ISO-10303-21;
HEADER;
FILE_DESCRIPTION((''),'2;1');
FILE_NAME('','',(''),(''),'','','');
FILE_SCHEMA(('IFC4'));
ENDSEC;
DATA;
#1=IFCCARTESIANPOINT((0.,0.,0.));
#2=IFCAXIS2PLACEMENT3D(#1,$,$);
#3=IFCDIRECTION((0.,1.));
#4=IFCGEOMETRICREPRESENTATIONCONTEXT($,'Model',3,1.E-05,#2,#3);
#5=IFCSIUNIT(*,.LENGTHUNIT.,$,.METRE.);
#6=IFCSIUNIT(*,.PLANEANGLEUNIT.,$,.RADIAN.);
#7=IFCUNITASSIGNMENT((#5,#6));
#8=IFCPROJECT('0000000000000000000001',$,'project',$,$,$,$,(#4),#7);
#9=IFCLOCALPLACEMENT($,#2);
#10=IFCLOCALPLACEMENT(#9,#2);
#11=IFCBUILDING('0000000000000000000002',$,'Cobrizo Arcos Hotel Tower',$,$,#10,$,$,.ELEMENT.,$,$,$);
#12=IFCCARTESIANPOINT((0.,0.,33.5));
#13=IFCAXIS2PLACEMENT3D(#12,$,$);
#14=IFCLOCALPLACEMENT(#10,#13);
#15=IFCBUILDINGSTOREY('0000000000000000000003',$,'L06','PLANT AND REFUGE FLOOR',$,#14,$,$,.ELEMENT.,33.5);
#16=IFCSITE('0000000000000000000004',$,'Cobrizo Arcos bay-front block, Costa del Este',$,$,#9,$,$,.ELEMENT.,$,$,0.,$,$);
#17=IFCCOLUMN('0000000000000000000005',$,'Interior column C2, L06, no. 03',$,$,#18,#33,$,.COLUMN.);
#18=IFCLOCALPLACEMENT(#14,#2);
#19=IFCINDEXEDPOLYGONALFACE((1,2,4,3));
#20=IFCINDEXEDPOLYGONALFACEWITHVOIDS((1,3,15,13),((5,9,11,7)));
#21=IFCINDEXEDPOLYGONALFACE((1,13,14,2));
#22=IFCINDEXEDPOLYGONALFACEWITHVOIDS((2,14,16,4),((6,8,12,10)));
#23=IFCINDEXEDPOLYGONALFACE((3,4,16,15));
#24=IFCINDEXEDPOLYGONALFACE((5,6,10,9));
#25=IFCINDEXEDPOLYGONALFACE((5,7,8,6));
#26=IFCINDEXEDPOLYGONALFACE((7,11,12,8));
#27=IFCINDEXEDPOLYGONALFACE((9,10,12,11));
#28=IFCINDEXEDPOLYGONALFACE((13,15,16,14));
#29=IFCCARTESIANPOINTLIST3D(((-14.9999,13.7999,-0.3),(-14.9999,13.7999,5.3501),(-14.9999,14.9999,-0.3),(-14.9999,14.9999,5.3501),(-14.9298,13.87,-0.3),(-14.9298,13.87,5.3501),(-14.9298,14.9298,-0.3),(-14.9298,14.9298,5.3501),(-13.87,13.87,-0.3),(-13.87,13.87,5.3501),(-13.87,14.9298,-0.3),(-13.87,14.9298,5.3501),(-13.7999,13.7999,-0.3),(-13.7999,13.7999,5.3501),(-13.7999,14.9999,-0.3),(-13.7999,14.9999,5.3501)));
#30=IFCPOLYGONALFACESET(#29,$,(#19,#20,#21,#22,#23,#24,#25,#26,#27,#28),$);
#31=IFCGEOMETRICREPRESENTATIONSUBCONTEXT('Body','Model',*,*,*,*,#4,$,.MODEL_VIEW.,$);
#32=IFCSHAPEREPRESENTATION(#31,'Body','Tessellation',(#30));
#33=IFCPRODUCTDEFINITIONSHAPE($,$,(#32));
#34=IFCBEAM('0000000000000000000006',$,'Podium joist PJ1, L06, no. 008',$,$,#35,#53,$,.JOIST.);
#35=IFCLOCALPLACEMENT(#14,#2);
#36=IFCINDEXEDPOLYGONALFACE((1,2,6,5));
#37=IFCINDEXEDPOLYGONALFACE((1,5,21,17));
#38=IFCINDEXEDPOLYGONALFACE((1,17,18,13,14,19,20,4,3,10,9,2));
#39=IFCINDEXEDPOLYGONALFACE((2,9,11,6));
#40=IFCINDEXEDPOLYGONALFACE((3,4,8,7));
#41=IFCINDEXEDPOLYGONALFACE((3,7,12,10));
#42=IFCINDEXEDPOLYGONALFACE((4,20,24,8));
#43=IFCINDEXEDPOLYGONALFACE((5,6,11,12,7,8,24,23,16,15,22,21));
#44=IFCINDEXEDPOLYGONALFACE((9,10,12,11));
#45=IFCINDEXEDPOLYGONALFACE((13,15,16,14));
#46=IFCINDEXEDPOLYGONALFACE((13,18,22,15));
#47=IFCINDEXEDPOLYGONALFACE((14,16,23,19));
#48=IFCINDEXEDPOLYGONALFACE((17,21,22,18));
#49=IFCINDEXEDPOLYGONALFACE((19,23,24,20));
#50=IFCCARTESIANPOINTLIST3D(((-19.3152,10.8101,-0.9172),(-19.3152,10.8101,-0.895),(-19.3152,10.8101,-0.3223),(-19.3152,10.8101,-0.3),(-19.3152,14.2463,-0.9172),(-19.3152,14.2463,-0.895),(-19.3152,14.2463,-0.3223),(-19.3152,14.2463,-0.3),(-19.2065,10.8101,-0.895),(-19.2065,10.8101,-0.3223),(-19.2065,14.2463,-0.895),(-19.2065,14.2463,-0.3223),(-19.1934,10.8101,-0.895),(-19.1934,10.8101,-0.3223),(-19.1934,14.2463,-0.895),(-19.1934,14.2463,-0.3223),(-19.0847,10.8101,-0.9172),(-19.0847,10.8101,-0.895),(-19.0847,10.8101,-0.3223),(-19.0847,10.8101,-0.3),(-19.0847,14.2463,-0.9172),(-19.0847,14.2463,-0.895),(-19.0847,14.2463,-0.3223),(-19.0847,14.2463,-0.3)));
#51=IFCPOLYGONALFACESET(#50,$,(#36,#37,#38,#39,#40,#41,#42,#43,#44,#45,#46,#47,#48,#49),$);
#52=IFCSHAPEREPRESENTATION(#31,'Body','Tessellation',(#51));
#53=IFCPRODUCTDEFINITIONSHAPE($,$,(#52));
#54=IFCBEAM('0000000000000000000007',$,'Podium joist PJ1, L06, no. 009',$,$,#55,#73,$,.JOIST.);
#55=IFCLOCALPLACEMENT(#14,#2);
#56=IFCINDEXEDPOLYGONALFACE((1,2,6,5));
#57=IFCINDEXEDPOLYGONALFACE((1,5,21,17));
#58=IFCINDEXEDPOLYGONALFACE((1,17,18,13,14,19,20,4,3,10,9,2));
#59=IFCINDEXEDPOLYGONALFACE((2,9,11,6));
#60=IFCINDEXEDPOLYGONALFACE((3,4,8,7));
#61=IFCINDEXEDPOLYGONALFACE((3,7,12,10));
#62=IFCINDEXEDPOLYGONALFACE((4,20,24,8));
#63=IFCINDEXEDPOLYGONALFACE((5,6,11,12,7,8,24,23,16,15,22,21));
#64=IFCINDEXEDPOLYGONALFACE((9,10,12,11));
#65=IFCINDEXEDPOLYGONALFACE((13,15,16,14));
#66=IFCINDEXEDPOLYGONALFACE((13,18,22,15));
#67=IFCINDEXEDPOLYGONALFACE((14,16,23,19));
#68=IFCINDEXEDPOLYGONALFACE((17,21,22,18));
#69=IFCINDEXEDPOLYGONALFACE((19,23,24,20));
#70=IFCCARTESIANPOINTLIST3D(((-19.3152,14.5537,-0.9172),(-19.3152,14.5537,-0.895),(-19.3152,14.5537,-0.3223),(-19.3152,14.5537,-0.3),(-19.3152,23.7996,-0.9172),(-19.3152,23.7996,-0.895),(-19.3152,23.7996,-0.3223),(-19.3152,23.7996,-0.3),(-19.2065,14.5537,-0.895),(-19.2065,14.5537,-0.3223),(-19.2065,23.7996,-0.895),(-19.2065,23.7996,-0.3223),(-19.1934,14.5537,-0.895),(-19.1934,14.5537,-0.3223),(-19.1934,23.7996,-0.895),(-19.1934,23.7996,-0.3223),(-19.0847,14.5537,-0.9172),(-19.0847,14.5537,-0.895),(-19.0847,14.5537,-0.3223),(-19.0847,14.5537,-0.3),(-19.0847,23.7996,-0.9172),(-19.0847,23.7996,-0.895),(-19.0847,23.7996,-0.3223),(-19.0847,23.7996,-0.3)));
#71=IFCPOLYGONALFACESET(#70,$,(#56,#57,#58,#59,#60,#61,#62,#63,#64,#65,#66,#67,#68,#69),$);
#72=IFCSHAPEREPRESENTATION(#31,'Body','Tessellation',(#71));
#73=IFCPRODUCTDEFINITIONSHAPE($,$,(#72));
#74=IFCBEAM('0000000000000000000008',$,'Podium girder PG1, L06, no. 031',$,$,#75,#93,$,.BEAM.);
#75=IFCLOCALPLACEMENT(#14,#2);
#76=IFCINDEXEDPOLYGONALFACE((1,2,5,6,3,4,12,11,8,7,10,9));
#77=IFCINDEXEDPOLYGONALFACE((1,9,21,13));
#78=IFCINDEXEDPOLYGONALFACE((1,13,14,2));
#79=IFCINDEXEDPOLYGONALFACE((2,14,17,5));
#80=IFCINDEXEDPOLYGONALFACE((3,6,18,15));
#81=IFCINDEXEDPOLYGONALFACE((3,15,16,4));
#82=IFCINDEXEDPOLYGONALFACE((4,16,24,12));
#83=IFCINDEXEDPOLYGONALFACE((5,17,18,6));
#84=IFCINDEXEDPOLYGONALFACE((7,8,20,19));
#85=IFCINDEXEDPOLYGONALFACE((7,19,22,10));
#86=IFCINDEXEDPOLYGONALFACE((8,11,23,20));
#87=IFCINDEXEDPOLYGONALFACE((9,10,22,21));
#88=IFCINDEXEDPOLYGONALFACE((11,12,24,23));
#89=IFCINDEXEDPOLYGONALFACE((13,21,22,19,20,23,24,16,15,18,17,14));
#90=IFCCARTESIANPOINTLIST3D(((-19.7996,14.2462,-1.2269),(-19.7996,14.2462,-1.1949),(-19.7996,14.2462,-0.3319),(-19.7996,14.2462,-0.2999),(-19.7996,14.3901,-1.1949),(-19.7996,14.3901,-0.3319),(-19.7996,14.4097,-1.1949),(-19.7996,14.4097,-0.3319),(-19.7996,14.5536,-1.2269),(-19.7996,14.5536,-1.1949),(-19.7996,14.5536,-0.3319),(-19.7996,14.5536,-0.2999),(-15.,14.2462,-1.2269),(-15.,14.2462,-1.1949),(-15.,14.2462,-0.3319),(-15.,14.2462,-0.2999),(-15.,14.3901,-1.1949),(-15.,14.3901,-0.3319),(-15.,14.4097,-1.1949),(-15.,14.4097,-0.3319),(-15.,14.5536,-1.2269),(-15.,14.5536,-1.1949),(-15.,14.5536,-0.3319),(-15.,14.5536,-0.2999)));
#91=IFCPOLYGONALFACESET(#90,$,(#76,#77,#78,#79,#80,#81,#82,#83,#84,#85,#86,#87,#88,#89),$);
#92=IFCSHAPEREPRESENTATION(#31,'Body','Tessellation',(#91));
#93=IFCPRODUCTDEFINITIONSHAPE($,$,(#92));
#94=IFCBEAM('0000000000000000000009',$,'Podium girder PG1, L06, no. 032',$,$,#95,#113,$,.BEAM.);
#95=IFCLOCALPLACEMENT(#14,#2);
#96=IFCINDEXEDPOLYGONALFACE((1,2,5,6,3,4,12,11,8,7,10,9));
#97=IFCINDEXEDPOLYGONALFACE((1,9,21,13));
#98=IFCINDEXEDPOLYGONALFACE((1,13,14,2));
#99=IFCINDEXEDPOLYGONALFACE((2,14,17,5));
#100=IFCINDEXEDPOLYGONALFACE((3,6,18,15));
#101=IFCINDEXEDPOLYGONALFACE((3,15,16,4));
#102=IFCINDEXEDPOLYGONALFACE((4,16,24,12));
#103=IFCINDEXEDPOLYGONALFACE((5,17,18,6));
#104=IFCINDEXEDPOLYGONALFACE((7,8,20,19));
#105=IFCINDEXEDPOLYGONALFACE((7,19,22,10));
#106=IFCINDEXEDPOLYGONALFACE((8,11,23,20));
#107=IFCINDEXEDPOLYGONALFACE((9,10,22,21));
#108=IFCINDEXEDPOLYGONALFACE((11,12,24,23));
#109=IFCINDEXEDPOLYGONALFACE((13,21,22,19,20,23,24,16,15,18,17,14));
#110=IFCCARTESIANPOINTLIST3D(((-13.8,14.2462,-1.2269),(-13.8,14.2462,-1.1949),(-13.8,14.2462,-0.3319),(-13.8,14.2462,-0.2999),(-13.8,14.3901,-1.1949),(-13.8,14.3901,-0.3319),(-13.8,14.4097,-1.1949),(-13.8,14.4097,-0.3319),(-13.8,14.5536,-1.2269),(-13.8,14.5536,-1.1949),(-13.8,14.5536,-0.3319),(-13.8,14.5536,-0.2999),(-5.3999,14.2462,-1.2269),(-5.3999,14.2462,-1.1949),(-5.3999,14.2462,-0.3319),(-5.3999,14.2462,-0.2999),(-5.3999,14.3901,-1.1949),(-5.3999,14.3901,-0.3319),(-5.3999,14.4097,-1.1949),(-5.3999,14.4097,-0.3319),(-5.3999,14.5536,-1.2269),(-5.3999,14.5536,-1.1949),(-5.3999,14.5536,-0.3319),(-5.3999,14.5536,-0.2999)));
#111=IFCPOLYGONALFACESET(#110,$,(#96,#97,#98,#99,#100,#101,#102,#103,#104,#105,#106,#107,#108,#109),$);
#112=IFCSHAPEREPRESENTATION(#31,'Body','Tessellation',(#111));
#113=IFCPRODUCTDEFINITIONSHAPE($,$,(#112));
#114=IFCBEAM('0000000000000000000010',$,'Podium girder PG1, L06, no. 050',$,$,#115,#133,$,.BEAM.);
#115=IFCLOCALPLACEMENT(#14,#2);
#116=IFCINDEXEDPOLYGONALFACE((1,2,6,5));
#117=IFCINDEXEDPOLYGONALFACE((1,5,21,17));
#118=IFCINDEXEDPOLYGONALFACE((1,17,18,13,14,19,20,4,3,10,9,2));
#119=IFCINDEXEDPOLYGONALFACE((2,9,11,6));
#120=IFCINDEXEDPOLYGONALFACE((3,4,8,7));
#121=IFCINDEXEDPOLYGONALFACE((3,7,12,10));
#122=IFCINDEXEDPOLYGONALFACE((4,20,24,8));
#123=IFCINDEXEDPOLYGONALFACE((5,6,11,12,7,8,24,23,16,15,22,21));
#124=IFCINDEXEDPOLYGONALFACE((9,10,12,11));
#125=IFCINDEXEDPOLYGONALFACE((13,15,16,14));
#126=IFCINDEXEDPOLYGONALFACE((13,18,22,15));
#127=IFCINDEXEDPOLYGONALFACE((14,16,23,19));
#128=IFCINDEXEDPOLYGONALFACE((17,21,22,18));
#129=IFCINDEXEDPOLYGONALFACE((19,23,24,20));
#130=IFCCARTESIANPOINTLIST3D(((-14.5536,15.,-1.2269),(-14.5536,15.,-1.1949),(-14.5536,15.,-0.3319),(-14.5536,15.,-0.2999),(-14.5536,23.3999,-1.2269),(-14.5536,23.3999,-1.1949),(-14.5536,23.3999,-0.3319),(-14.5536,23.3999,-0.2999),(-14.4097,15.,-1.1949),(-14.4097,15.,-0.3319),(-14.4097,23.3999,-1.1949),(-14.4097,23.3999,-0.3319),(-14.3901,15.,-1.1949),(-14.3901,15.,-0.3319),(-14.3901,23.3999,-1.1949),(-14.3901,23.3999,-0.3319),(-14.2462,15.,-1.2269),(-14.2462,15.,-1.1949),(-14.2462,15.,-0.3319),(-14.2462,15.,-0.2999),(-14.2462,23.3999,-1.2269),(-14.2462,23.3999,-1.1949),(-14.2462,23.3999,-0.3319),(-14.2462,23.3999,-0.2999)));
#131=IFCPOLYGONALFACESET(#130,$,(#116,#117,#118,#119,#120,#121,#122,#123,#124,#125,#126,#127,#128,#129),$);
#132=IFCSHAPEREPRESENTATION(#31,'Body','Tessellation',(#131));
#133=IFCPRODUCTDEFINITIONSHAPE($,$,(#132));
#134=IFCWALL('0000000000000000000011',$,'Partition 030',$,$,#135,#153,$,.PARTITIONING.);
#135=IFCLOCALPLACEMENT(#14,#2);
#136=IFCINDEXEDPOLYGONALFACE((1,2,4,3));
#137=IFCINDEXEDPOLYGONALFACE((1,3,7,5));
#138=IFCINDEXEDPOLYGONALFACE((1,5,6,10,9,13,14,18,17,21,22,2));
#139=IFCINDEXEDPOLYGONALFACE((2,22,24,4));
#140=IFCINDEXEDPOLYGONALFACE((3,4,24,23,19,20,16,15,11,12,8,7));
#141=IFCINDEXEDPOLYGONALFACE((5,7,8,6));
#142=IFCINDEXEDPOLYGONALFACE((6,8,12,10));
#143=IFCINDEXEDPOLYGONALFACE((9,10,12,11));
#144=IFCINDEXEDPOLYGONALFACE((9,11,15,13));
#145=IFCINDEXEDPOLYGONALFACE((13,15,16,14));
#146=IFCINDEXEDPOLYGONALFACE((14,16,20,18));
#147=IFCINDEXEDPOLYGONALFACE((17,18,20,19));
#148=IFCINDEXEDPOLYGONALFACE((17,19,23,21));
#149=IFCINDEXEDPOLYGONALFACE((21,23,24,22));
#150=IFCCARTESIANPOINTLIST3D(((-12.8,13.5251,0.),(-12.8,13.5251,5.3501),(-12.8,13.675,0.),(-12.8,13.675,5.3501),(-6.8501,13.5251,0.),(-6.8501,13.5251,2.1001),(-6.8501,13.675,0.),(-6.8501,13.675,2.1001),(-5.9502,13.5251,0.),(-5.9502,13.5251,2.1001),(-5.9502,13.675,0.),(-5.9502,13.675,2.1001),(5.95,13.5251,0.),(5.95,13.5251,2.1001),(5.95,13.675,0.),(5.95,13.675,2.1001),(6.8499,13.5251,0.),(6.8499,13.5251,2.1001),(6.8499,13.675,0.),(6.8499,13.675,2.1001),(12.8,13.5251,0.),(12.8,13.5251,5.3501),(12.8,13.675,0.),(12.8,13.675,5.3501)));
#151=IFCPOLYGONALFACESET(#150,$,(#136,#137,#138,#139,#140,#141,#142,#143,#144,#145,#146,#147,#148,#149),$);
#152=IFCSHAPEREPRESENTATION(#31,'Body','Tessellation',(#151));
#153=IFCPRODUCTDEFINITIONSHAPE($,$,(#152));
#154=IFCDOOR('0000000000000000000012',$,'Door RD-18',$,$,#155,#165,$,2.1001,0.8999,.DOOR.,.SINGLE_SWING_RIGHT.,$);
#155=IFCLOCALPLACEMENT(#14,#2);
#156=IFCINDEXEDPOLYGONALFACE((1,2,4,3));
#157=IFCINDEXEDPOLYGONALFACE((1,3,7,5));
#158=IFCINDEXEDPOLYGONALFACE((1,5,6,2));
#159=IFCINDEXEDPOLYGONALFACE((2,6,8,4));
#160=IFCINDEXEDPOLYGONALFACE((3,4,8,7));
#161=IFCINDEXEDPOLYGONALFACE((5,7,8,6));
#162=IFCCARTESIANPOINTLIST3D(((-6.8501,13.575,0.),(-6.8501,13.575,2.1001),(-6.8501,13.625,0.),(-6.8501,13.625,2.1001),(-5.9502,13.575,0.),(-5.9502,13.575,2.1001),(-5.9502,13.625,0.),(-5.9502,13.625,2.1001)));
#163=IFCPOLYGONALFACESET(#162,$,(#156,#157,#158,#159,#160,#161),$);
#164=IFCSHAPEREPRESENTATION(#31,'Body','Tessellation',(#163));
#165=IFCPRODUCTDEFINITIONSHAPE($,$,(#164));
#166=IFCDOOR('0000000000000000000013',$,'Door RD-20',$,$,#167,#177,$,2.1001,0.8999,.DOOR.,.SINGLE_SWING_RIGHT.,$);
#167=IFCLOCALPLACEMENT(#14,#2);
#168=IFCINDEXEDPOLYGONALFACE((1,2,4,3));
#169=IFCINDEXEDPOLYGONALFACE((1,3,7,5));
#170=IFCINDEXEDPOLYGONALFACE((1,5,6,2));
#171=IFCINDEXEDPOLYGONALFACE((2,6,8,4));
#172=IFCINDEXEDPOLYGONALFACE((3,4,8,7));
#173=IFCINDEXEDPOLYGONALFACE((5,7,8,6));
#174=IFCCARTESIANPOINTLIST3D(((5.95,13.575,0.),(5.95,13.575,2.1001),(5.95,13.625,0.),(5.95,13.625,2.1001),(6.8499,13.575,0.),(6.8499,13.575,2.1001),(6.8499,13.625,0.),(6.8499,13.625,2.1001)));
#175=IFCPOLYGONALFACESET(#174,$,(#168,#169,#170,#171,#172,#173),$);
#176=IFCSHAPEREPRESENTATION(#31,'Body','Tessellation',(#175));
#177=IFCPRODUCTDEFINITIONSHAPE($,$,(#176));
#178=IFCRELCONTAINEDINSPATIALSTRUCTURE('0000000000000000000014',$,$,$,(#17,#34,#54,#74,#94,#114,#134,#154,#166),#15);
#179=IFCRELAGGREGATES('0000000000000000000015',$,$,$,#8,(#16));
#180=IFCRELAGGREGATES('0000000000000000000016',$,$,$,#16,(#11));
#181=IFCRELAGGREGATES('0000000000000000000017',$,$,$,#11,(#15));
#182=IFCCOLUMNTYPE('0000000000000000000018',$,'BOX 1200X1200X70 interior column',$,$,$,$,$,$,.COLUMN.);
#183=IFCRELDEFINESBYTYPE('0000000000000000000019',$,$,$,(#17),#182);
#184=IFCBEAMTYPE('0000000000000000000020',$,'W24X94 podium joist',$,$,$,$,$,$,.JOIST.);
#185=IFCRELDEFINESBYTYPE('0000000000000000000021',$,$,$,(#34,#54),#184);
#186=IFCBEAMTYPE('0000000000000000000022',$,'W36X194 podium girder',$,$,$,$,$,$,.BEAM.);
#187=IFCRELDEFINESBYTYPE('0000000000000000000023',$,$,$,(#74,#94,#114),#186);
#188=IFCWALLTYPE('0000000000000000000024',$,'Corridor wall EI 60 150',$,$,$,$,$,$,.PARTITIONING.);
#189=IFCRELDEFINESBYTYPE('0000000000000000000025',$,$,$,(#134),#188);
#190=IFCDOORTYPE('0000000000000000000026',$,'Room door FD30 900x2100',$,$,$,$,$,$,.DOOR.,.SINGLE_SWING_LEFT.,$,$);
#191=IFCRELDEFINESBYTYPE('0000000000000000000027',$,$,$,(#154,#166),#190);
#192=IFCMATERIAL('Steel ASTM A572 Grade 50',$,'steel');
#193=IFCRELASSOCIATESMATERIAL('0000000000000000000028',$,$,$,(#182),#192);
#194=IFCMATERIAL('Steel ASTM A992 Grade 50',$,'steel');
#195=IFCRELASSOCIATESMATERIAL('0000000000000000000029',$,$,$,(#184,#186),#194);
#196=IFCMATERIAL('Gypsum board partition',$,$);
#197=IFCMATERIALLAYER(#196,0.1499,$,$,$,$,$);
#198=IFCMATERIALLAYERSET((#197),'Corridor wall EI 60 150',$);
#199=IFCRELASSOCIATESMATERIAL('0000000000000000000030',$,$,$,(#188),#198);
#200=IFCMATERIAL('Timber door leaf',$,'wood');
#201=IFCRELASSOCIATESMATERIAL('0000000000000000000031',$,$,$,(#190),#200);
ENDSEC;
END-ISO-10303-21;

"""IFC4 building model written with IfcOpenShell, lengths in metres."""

from ifc_helpers import new_model, si_unit, direction, frame, frame_2d, origin, origin_2d, place, context, subcontext, project, spatial, rectangle, hollow_rectangle, i_section, extrude, material, layer, layer_set, material_profile, profile_set, type_object, element, fill, save


model = new_model("IFC4")

# Units and contexts
model_context = context("Model", 3, precision=1e-05, world=origin(), true_north=direction((0.0, 1.0)))
body_context = subcontext(model_context, "Body", "Model", "MODEL_VIEW")
ifc_project = project(units=[si_unit("LENGTHUNIT", "METRE"), si_unit("PLANEANGLEUNIT", "RADIAN")], contexts=[model_context])

# Site, building, storey
site_placement = place(None, origin())
site = spatial("IfcSite", under=ifc_project, at=site_placement, Name="Cobrizo Arcos bay-front block, Costa del Este", CompositionType="ELEMENT", RefElevation=0.0)
building_placement = place(site_placement, origin())
building = spatial("IfcBuilding", under=site, at=building_placement, Name="Cobrizo Arcos Hotel Tower", CompositionType="ELEMENT")
storey_placement = place(building_placement, frame((0.0, 0.0, 33.5)))
storey = spatial("IfcBuildingStorey", under=building, at=storey_placement, Name="L06", Description="PLANT AND REFUGE FLOOR", CompositionType="ELEMENT", Elevation=33.5)

# Column
ifc_material_1 = material(Name="Steel ASTM A572 Grade 50", Category="steel")
ifc_material_profile_1 = material_profile(ifc_material_1, hollow_rectangle(XDim=1.2, YDim=1.2, WallThickness=0.0701, at=origin_2d()), Name="BOX 1200X1200X70")
ifc_profile_set_1 = profile_set([ifc_material_profile_1], Name="Steel ASTM A572 Grade 50")
column_type = type_object("IfcColumnType", Name="BOX 1200X1200X70 interior column", PredefinedType="COLUMN", material=ifc_profile_set_1)
column_placement = place(storey_placement, frame((-14.3999, 14.3999, -0.3), z_axis=(0.0, 0.0, 1.0), x_axis=(1.0, 0.0, 0.0)))
element("IfcColumn", 1, at=column_placement, inside=storey, type_object=column_type, Name="Interior column C2, L06, no. 03", PredefinedType="COLUMN", context=body_context, shape_type="SweptSolid", body=[
    extrude(hollow_rectangle(XDim=1.2, YDim=1.2, WallThickness=0.0701, at=origin_2d()), origin(), (0.0, 0.0, 1.0), 5.6501),
])

# Beams
ifc_material_2 = material(Name="Steel ASTM A992 Grade 50", Category="steel")
ifc_material_profile_2 = material_profile(ifc_material_2, i_section(OverallWidth=0.2305, OverallDepth=0.6172, WebThickness=0.0132, FlangeThickness=0.0222, at=origin_2d()), Name="W24X94")
ifc_profile_set_2 = profile_set([ifc_material_profile_2], Name="Steel ASTM A992 Grade 50")
beam_type_1 = type_object("IfcBeamType", Name="W24X94 podium joist", PredefinedType="JOIST", material=ifc_profile_set_2)
beam_1_placement = place(storey_placement, frame((-19.2, 10.8101, -0.6086), z_axis=(0.0, 1.0, 0.0), x_axis=(-1.0, 0.0, 0.0)))
element("IfcBeam", 2, at=beam_1_placement, inside=storey, type_object=beam_type_1, Name="Podium joist PJ1, L06, no. 008", PredefinedType="JOIST", context=body_context, shape_type="SweptSolid", body=[
    extrude(i_section(OverallWidth=0.2305, OverallDepth=0.6172, WebThickness=0.0132, FlangeThickness=0.0222, at=origin_2d()), origin(), (0.0, 0.0, 1.0), 3.4363),
])
beam_2_placement = place(storey_placement, frame((-19.2, 14.5537, -0.6086), z_axis=(0.0, 1.0, 0.0), x_axis=(-1.0, 0.0, 0.0)))
element("IfcBeam", 3, at=beam_2_placement, inside=storey, type_object=beam_type_1, Name="Podium joist PJ1, L06, no. 009", PredefinedType="JOIST", context=body_context, shape_type="SweptSolid", body=[
    extrude(i_section(OverallWidth=0.2305, OverallDepth=0.6172, WebThickness=0.0132, FlangeThickness=0.0222, at=origin_2d()), origin(), (0.0, 0.0, 1.0), 9.2458),
])
ifc_material_profile_3 = material_profile(ifc_material_2, i_section(OverallWidth=0.3074, OverallDepth=0.927, WebThickness=0.0195, FlangeThickness=0.032, at=origin_2d()), Name="W36X194")
ifc_profile_set_3 = profile_set([ifc_material_profile_3], Name="Steel ASTM A992 Grade 50")
beam_type_2 = type_object("IfcBeamType", Name="W36X194 podium girder", PredefinedType="BEAM", material=ifc_profile_set_3)
beam_3_placement = place(storey_placement, frame((-19.7996, 14.3999, -0.7634), z_axis=(1.0, 0.0, 0.0), x_axis=(0.0, 1.0, 0.0)))
element("IfcBeam", 4, at=beam_3_placement, inside=storey, type_object=beam_type_2, Name="Podium girder PG1, L06, no. 031", PredefinedType="BEAM", context=body_context, shape_type="SweptSolid", body=[
    extrude(i_section(OverallWidth=0.3074, OverallDepth=0.927, WebThickness=0.0195, FlangeThickness=0.032, at=origin_2d()), origin(), (0.0, 0.0, 1.0), 4.7996),
])
beam_4_placement = place(storey_placement, frame((-13.8, 14.3999, -0.7634), z_axis=(1.0, 0.0, 0.0), x_axis=(0.0, 1.0, 0.0)))
element("IfcBeam", 5, at=beam_4_placement, inside=storey, type_object=beam_type_2, Name="Podium girder PG1, L06, no. 032", PredefinedType="BEAM", context=body_context, shape_type="SweptSolid", body=[
    extrude(i_section(OverallWidth=0.3074, OverallDepth=0.927, WebThickness=0.0195, FlangeThickness=0.032, at=origin_2d()), origin(), (0.0, 0.0, 1.0), 8.4001),
])
beam_5_placement = place(storey_placement, frame((-14.3999, 15.0, -0.7634), z_axis=(0.0, 1.0, 0.0), x_axis=(-1.0, 0.0, 0.0)))
element("IfcBeam", 6, at=beam_5_placement, inside=storey, type_object=beam_type_2, Name="Podium girder PG1, L06, no. 050", PredefinedType="BEAM", context=body_context, shape_type="SweptSolid", body=[
    extrude(i_section(OverallWidth=0.3074, OverallDepth=0.927, WebThickness=0.0195, FlangeThickness=0.032, at=origin_2d()), origin(), (0.0, 0.0, 1.0), 8.3999),
])

# Wall, openings, doors
ifc_material_3 = material(Name="Gypsum board partition")
ifc_layer_1 = layer(ifc_material_3, 0.1499)
ifc_layer_set_1 = layer_set([ifc_layer_1], Name="Corridor wall EI 60 150")
wall_type_1 = type_object("IfcWallType", Name="Corridor wall EI 60 150", PredefinedType="PARTITIONING", material=ifc_layer_set_1)
wall_1_placement = place(storey_placement, frame((-12.8, 13.6001, 0.0), z_axis=(0.0, 0.0, 1.0), x_axis=(1.0, 0.0, 0.0)))
wall_1 = element("IfcWall", 7, at=wall_1_placement, inside=storey, type_object=wall_type_1, Name="Partition 030", PredefinedType="PARTITIONING", context=body_context, shape_type="SweptSolid", body=[
    extrude(rectangle(XDim=25.6001, YDim=0.1499, at=frame_2d((12.8, 0.0))), origin(), (0.0, 0.0, 1.0), 5.3501),
])
opening_1_placement = place(wall_1_placement, frame((5.95, 0.0, 0.0)))
opening_1 = element("IfcOpeningElement", 8, at=opening_1_placement, cuts=wall_1, PredefinedType="OPENING", context=body_context, shape_type="SweptSolid", body=[
    extrude(rectangle(XDim=0.8999, YDim=2.1001, at=frame_2d((0.45, 1.05))), frame((0.0, 0.0869, 0.0), z_axis=(0.0, -1.0, 0.0), x_axis=(1.0, 0.0, 0.0)), (0.0, 0.0, 1.0), 0.1738),
])
opening_2_placement = place(wall_1_placement, frame((18.75, 0.0, 0.0)))
opening_2 = element("IfcOpeningElement", 9, at=opening_2_placement, cuts=wall_1, PredefinedType="OPENING", context=body_context, shape_type="SweptSolid", body=[
    extrude(rectangle(XDim=0.8999, YDim=2.1001, at=frame_2d((0.45, 1.05))), frame((0.0, 0.0869, 0.0), z_axis=(0.0, -1.0, 0.0), x_axis=(1.0, 0.0, 0.0)), (0.0, 0.0, 1.0), 0.1738),
])
ifc_material_4 = material(Name="Timber door leaf", Category="wood")
door_type_1 = type_object("IfcDoorType", Name="Room door FD30 900x2100", OperationType="SINGLE_SWING_LEFT", PredefinedType="DOOR", material=ifc_material_4)
door_1_placement = place(opening_1_placement, origin())
door_1 = element("IfcDoor", 10, at=door_1_placement, inside=storey, type_object=door_type_1, Name="Door RD-18", OperationType="SINGLE_SWING_RIGHT", OverallHeight=2.1001, OverallWidth=0.8999, PredefinedType="DOOR", context=body_context, shape_type="SweptSolid", body=[
    extrude(rectangle(XDim=0.8999, YDim=2.1001, at=frame_2d((0.45, 1.05))), frame((0.0, 0.0249, 0.0), z_axis=(0.0, -1.0, 0.0), x_axis=(1.0, 0.0, 0.0)), (0.0, 0.0, 1.0), 0.05),
])
fill(opening_1, door_1)
door_2_placement = place(opening_2_placement, origin())
door_2 = element("IfcDoor", 11, at=door_2_placement, inside=storey, type_object=door_type_1, Name="Door RD-20", OperationType="SINGLE_SWING_RIGHT", OverallHeight=2.1001, OverallWidth=0.8999, PredefinedType="DOOR", context=body_context, shape_type="SweptSolid", body=[
    extrude(rectangle(XDim=0.8999, YDim=2.1001, at=frame_2d((0.45, 1.05))), frame((0.0, 0.0249, 0.0), z_axis=(0.0, -1.0, 0.0), x_axis=(1.0, 0.0, 0.0)), (0.0, 0.0, 1.0), 0.05),
])
fill(opening_2, door_2)

save(model, "model.ifc")
